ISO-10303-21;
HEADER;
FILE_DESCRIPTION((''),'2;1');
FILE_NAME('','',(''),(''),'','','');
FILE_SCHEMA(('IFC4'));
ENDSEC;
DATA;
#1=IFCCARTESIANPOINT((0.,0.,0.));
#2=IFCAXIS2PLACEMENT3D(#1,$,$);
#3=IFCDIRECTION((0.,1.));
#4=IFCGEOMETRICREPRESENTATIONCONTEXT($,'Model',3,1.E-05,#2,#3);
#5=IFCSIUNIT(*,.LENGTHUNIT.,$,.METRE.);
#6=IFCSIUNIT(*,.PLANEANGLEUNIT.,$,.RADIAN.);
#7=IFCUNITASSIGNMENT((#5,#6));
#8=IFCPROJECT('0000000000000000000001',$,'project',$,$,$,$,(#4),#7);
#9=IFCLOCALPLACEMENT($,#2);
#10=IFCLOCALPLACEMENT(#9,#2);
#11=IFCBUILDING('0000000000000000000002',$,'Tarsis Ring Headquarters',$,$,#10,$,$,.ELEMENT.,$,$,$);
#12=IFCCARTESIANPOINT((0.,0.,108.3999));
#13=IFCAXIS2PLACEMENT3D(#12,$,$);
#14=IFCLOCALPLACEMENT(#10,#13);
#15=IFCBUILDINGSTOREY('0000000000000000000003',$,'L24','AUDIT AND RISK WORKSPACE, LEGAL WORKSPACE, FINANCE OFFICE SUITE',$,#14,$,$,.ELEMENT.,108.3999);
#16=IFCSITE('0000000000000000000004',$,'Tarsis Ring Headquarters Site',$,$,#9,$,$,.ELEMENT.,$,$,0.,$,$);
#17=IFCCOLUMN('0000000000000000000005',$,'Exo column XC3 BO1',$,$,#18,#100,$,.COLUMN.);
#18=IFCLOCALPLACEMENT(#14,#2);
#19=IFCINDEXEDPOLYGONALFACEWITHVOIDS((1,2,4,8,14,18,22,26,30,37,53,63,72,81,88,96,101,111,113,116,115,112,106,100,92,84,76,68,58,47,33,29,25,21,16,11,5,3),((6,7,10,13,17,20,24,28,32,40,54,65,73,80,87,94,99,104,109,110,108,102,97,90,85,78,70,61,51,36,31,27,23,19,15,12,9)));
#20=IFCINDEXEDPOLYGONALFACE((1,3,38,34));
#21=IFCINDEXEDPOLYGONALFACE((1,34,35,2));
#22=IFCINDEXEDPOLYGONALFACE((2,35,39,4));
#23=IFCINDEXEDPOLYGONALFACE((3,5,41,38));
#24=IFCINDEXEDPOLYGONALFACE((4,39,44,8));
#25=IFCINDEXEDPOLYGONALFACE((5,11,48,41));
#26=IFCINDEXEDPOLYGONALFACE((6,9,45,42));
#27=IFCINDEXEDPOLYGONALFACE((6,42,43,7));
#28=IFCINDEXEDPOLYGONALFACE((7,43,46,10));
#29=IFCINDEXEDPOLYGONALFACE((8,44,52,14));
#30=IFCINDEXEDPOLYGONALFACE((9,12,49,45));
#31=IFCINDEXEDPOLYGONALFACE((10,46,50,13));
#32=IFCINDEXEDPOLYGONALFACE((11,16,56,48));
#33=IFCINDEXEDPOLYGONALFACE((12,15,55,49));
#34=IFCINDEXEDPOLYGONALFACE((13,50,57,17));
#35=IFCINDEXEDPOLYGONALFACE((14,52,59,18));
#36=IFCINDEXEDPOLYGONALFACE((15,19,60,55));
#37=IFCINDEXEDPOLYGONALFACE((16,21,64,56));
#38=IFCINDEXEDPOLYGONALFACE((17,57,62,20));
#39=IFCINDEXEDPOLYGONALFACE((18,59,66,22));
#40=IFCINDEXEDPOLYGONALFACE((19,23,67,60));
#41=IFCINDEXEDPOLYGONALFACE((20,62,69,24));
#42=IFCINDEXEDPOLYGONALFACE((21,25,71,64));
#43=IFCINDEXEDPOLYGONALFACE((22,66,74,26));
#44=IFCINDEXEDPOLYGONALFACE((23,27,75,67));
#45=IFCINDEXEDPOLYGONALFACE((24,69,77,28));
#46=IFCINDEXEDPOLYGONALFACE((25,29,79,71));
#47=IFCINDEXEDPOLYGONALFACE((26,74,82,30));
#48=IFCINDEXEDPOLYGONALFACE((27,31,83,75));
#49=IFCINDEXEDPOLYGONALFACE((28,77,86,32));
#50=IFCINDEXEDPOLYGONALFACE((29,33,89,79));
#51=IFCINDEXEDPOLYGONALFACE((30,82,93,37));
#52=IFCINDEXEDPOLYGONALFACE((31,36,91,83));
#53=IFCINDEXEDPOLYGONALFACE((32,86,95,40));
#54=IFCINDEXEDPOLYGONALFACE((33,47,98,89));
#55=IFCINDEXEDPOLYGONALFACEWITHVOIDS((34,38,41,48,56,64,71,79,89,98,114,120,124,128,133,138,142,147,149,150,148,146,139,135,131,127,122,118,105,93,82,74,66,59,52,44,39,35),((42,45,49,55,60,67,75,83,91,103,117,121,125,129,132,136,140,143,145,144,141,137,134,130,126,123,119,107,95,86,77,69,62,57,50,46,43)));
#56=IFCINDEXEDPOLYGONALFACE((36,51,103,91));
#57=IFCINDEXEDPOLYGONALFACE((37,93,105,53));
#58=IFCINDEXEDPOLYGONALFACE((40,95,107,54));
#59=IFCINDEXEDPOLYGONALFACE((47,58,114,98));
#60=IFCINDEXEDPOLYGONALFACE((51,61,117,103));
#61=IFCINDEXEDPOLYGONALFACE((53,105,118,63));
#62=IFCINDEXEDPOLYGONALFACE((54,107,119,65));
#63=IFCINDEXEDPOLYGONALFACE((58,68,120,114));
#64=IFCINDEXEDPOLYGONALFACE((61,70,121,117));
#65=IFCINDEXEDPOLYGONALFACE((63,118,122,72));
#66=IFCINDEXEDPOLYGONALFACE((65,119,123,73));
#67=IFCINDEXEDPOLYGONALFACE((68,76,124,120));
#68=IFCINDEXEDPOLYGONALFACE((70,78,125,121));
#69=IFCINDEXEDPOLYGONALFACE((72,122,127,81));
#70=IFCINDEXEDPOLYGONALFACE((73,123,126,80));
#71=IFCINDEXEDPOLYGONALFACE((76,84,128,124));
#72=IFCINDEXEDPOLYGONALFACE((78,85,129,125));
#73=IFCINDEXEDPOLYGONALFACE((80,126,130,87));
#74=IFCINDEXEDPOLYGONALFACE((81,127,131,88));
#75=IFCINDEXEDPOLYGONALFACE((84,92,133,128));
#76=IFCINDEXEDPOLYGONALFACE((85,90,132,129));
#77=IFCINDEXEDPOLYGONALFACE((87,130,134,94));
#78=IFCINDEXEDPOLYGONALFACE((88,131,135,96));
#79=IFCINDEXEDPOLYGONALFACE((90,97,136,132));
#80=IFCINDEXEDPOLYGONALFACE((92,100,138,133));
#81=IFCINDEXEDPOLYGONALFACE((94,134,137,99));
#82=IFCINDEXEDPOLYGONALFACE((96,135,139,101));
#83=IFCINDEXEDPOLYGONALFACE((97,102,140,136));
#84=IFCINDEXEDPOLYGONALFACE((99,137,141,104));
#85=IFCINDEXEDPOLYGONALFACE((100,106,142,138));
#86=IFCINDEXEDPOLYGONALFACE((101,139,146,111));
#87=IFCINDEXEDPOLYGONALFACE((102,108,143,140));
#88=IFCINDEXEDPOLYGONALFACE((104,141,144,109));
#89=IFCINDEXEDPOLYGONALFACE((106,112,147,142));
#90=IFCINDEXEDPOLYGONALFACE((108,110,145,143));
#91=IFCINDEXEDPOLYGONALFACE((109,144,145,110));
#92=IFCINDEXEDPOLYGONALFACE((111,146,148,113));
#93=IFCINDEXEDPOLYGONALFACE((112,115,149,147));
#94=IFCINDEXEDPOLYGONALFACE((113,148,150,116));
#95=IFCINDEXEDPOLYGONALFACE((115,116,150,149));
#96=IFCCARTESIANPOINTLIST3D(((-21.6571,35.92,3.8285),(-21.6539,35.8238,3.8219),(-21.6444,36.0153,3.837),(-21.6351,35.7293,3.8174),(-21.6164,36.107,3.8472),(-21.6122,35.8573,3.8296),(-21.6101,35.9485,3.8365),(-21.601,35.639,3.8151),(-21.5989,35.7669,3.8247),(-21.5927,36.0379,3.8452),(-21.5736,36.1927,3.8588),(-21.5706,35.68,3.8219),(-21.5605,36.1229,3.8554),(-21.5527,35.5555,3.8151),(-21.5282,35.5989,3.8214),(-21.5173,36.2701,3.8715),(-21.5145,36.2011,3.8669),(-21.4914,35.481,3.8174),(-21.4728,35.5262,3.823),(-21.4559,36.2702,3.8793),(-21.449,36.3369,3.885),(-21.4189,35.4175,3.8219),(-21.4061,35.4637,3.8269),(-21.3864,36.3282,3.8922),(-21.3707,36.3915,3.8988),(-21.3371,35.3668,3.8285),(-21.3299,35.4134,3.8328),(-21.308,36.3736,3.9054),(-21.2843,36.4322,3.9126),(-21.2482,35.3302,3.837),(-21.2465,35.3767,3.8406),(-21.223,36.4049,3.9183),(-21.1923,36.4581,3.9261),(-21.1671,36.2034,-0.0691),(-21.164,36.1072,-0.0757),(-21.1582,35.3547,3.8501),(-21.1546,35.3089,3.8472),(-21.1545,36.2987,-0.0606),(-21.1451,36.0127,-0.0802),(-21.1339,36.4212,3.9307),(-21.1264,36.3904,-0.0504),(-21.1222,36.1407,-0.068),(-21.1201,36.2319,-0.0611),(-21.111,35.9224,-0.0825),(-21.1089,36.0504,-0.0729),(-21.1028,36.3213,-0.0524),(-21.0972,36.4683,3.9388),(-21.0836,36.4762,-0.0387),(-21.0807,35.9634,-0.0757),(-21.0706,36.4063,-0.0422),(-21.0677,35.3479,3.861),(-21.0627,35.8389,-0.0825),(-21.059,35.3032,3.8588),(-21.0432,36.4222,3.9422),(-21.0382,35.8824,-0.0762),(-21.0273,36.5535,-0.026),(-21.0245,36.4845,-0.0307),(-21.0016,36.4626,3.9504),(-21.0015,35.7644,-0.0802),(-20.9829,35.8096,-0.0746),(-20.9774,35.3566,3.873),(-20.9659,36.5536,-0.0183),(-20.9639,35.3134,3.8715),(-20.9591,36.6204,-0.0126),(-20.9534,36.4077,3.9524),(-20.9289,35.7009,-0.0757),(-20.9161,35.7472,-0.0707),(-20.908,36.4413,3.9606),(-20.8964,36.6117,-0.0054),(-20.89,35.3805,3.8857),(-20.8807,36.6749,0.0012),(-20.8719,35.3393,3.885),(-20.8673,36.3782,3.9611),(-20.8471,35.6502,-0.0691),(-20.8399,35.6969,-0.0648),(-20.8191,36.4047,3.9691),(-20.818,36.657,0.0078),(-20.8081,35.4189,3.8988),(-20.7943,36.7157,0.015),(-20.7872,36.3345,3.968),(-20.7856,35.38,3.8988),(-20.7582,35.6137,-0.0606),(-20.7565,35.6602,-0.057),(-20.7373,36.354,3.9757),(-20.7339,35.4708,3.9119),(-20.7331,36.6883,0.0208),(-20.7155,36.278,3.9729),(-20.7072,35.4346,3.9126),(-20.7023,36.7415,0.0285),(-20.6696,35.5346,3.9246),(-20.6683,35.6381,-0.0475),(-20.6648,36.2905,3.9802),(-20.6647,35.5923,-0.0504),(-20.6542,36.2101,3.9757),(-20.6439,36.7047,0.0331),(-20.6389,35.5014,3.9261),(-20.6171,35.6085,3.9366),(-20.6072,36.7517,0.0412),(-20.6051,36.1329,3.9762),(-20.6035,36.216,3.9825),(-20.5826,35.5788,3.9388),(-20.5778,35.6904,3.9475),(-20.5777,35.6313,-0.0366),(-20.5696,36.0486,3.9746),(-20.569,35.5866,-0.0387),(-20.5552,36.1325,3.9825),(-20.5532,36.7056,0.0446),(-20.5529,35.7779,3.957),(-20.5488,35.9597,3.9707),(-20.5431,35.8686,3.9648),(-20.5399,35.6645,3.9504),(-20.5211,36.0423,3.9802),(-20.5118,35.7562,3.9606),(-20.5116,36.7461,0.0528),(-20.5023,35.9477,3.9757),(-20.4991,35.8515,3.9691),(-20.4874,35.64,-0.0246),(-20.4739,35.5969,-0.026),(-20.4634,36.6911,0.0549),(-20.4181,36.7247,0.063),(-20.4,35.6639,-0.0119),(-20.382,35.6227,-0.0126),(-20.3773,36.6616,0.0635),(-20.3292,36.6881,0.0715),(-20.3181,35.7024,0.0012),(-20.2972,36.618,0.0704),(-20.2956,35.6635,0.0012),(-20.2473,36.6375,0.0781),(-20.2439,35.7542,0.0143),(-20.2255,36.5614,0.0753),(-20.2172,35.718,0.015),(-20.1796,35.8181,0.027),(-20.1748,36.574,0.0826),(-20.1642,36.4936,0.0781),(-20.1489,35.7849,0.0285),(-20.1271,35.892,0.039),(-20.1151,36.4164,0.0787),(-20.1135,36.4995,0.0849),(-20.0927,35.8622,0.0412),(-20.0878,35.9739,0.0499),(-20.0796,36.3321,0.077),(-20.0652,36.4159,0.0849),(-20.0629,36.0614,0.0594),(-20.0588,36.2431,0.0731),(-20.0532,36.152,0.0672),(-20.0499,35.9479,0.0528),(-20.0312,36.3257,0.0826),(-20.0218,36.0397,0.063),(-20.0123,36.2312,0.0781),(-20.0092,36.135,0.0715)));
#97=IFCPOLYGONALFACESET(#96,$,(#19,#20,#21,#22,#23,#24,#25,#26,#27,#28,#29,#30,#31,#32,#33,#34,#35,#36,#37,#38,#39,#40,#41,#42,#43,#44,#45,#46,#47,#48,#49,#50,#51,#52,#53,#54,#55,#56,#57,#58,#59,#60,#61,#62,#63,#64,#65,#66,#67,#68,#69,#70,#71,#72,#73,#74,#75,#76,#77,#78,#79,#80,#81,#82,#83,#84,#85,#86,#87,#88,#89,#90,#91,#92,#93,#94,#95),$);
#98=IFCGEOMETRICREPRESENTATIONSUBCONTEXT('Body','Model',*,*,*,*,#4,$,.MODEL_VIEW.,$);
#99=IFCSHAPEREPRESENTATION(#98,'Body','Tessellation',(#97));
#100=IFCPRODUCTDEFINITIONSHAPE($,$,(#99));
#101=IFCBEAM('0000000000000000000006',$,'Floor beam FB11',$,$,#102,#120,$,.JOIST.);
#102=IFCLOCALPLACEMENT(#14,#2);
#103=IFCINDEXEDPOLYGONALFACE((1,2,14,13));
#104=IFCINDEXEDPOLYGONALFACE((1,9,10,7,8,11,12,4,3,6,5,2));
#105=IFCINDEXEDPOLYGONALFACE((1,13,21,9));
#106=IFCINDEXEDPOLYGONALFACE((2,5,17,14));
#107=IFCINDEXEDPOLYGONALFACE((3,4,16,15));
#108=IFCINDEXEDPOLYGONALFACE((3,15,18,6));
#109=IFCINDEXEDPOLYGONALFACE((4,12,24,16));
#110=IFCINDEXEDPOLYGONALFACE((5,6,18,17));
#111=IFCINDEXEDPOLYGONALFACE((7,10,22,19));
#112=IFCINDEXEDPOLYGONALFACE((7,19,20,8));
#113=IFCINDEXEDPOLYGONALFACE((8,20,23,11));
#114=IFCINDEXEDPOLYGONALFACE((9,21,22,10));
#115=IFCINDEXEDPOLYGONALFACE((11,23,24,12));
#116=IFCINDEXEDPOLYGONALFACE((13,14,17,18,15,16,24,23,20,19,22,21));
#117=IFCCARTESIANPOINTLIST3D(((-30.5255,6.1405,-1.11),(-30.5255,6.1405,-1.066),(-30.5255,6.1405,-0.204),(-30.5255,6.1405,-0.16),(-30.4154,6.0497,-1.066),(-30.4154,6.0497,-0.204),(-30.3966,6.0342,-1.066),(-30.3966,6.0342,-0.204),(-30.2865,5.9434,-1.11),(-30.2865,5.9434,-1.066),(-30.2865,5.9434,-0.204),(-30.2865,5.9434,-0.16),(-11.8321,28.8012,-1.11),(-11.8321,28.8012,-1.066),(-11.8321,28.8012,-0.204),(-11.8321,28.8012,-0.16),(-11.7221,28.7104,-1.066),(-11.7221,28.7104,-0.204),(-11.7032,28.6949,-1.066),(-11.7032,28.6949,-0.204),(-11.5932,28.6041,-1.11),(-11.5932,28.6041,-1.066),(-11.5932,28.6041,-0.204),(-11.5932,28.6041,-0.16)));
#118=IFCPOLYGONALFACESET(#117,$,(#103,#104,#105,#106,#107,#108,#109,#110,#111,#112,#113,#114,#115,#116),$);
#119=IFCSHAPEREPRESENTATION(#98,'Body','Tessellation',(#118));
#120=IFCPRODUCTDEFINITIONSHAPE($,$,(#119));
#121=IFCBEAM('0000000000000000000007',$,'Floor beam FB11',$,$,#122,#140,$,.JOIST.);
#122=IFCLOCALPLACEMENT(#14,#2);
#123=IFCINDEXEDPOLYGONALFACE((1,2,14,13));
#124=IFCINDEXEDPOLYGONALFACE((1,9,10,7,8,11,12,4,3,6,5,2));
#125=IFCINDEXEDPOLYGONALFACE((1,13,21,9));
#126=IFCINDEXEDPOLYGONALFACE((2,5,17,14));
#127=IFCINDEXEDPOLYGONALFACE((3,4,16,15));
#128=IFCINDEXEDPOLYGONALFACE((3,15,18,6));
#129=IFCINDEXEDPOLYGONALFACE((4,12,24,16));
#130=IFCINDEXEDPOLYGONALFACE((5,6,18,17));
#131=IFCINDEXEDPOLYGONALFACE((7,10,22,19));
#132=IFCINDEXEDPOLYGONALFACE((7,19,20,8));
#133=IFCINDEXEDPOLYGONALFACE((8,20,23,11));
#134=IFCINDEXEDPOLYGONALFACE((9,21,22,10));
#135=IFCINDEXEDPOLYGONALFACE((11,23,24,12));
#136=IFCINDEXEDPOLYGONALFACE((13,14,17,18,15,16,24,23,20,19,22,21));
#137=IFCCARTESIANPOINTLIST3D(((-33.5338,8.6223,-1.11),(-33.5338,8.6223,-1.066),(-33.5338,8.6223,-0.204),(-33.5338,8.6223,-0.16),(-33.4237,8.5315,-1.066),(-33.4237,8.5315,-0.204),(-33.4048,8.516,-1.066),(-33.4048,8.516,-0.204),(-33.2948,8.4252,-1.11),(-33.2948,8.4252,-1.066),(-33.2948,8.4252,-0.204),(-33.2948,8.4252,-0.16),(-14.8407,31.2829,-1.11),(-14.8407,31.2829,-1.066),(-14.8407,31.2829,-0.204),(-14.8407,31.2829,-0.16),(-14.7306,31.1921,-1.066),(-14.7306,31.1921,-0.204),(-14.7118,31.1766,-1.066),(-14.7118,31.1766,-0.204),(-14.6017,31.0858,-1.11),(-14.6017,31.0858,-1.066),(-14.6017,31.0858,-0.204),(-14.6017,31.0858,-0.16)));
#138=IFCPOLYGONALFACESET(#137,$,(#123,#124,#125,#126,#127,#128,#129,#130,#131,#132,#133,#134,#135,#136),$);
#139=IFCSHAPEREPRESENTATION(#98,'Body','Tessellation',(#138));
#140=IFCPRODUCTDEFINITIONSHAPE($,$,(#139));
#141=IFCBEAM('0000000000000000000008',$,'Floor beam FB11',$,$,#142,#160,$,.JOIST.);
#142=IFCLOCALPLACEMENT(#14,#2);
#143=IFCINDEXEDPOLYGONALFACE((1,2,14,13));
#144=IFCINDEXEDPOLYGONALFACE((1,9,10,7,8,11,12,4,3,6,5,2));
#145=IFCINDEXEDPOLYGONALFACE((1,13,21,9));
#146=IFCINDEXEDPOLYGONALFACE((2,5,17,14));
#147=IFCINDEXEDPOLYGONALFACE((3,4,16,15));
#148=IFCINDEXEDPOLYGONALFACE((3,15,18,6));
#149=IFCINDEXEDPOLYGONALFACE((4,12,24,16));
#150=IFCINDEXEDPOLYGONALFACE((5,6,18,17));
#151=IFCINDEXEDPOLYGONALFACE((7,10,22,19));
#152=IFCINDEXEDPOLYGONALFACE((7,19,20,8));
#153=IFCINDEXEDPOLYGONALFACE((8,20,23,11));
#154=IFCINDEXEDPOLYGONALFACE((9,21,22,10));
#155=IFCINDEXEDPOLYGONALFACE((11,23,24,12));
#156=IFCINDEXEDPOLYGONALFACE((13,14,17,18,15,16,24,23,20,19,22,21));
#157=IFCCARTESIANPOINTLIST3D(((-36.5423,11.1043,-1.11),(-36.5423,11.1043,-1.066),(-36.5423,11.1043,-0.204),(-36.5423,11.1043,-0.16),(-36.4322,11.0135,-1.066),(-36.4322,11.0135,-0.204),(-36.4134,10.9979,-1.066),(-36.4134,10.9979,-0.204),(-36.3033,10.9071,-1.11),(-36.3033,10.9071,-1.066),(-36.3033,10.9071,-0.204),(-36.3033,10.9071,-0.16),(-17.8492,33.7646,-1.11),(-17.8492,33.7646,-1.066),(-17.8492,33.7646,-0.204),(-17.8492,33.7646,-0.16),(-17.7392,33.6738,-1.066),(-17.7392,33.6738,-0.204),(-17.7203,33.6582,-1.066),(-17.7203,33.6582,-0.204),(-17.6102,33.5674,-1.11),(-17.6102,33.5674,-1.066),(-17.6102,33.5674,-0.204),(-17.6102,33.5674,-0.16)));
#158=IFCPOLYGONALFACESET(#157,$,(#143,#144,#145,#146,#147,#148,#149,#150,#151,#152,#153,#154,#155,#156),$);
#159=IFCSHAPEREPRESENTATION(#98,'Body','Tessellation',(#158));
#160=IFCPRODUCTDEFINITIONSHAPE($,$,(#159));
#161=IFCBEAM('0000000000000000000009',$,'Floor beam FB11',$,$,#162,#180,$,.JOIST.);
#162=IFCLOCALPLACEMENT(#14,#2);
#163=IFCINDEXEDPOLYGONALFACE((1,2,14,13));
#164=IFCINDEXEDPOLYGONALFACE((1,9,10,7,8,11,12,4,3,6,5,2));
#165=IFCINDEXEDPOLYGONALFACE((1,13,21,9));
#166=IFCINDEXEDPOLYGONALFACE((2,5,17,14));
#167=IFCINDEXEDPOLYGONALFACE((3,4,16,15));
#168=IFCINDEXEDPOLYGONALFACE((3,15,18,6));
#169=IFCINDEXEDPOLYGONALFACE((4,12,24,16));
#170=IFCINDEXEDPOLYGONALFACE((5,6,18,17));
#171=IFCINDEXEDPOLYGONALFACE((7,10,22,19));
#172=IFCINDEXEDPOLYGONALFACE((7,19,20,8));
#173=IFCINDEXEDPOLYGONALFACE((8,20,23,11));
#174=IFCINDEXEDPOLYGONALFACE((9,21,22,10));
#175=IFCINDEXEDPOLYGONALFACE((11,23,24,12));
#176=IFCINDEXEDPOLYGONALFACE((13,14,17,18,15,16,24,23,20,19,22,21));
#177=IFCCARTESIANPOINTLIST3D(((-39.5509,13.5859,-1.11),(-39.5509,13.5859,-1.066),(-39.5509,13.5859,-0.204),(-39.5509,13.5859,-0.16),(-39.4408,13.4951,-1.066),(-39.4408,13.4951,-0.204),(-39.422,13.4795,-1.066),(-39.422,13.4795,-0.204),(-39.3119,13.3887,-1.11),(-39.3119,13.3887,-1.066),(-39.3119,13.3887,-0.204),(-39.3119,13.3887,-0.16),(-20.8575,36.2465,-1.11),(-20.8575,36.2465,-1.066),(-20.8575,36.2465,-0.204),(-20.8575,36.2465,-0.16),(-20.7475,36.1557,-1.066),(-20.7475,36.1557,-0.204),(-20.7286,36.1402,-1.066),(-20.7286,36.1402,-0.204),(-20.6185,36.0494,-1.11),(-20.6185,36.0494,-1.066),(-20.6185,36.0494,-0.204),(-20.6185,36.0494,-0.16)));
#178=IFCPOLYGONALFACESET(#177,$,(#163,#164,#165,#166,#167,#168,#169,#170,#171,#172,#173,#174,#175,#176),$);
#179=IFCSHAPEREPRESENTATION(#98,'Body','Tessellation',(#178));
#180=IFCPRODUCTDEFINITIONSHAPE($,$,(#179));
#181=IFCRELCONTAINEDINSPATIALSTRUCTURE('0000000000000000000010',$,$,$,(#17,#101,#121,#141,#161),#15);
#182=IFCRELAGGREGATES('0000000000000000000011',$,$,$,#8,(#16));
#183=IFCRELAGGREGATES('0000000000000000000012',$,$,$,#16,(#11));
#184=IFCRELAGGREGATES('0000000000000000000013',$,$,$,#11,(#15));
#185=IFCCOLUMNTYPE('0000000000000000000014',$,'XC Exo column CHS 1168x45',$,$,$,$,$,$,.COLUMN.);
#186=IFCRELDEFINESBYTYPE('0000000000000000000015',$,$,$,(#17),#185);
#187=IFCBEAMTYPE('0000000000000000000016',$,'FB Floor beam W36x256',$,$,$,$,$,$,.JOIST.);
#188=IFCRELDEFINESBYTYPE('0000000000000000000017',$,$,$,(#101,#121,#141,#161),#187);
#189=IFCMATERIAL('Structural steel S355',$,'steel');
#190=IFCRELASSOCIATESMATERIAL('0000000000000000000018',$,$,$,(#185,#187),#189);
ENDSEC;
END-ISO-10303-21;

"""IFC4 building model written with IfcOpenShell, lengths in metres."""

from ifc_helpers import new_model, si_unit, direction, frame, origin, origin_2d, place, context, subcontext, project, spatial, hollow_circle, i_section, extrude, material, material_profile, profile_set, type_object, element, save


model = new_model("IFC4")

# Units and contexts
model_context = context("Model", 3, precision=1e-05, world=origin(), true_north=direction((0.0, 1.0)))
body_context = subcontext(model_context, "Body", "Model", "MODEL_VIEW")
ifc_project = project(units=[si_unit("LENGTHUNIT", "METRE"), si_unit("PLANEANGLEUNIT", "RADIAN")], contexts=[model_context])

# Site, building, storey
site_placement = place(None, origin())
site = spatial("IfcSite", under=ifc_project, at=site_placement, Name="Tarsis Ring Headquarters Site", CompositionType="ELEMENT", RefElevation=0.0)
building_placement = place(site_placement, origin())
building = spatial("IfcBuilding", under=site, at=building_placement, Name="Tarsis Ring Headquarters", CompositionType="ELEMENT")
storey_placement = place(building_placement, frame((0.0, 0.0, 108.3999)))
storey = spatial("IfcBuildingStorey", under=building, at=storey_placement, Name="L24", Description="AUDIT AND RISK WORKSPACE, LEGAL WORKSPACE, FINANCE OFFICE SUITE", CompositionType="ELEMENT", Elevation=108.3999)

# Column
ifc_material_1 = material(Name="Structural steel S355", Category="steel")
ifc_material_profile_1 = material_profile(ifc_material_1, hollow_circle(Radius=0.5842, WallThickness=0.0449, at=origin_2d()), Name="CHS 1168x45")
ifc_profile_set_1 = profile_set([ifc_material_profile_1], Name="Structural steel S355")
column_type = type_object("IfcColumnType", Name="XC Exo column CHS 1168x45", PredefinedType="COLUMN", material=ifc_profile_set_1)
column_placement = place(storey_placement, frame((-20.5881, 36.1692, 0.0012), z_axis=(-0.124407, -0.071967, 0.989618), x_axis=(0.50073, -0.865603, 0.0)))
element("IfcColumn", 1, at=column_placement, inside=storey, type_object=column_type, Name="Exo column XC3 BO1", PredefinedType="COLUMN", context=body_context, shape_type="SweptSolid", body=[
    extrude(hollow_circle(Radius=0.5842, WallThickness=0.0449, at=origin_2d()), origin(), (0.0, 0.0, 1.0), 3.9385),
])

# Beams
ifc_material_profile_2 = material_profile(ifc_material_1, i_section(OverallWidth=0.3098, OverallDepth=0.95, WebThickness=0.0244, FlangeThickness=0.0439, at=origin_2d()), Name="W36x256")
ifc_profile_set_2 = profile_set([ifc_material_profile_2], Name="Structural steel S355")
beam_type_1 = type_object("IfcBeamType", Name="FB Floor beam W36x256", PredefinedType="JOIST", material=ifc_profile_set_2)
beam_1_placement = place(storey_placement, frame((-11.7126, 28.7026, -0.635), z_axis=(-0.636349, -0.771401, 0.0), x_axis=(0.771401, -0.636349, 0.0)))
element("IfcBeam", 2, at=beam_1_placement, inside=storey, type_object=beam_type_1, Name="Floor beam FB11", PredefinedType="JOIST", context=body_context, shape_type="SweptSolid", body=[
    extrude(i_section(OverallWidth=0.3098, OverallDepth=0.95, WebThickness=0.0244, FlangeThickness=0.0439, at=origin_2d()), origin(), (0.0, 0.0, 1.0), 29.376),
])
beam_2_placement = place(storey_placement, frame((-14.7212, 31.1843, -0.635), z_axis=(-0.636344, -0.771405, 0.0), x_axis=(0.771405, -0.636344, 0.0)))
element("IfcBeam", 3, at=beam_2_placement, inside=storey, type_object=beam_type_1, Name="Floor beam FB11", PredefinedType="JOIST", context=body_context, shape_type="SweptSolid", body=[
    extrude(i_section(OverallWidth=0.3098, OverallDepth=0.95, WebThickness=0.0244, FlangeThickness=0.0439, at=origin_2d()), origin(), (0.0, 0.0, 1.0), 29.3757),
])
beam_3_placement = place(storey_placement, frame((-17.7297, 33.666, -0.635), z_axis=(-0.636348, -0.771402, 0.0), x_axis=(0.771402, -0.636348, 0.0)))
element("IfcBeam", 4, at=beam_3_placement, inside=storey, type_object=beam_type_1, Name="Floor beam FB11", PredefinedType="JOIST", context=body_context, shape_type="SweptSolid", body=[
    extrude(i_section(OverallWidth=0.3098, OverallDepth=0.95, WebThickness=0.0244, FlangeThickness=0.0439, at=origin_2d()), origin(), (0.0, 0.0, 1.0), 29.3755),
])
beam_4_placement = place(storey_placement, frame((-20.738, 36.1479, -0.635), z_axis=(-0.636349, -0.771401, 0.0), x_axis=(0.771401, -0.636349, 0.0)))
element("IfcBeam", 5, at=beam_4_placement, inside=storey, type_object=beam_type_1, Name="Floor beam FB11", PredefinedType="JOIST", context=body_context, shape_type="SweptSolid", body=[
    extrude(i_section(OverallWidth=0.3098, OverallDepth=0.95, WebThickness=0.0244, FlangeThickness=0.0439, at=origin_2d()), origin(), (0.0, 0.0, 1.0), 29.376),
])

save(model, "model.ifc")
